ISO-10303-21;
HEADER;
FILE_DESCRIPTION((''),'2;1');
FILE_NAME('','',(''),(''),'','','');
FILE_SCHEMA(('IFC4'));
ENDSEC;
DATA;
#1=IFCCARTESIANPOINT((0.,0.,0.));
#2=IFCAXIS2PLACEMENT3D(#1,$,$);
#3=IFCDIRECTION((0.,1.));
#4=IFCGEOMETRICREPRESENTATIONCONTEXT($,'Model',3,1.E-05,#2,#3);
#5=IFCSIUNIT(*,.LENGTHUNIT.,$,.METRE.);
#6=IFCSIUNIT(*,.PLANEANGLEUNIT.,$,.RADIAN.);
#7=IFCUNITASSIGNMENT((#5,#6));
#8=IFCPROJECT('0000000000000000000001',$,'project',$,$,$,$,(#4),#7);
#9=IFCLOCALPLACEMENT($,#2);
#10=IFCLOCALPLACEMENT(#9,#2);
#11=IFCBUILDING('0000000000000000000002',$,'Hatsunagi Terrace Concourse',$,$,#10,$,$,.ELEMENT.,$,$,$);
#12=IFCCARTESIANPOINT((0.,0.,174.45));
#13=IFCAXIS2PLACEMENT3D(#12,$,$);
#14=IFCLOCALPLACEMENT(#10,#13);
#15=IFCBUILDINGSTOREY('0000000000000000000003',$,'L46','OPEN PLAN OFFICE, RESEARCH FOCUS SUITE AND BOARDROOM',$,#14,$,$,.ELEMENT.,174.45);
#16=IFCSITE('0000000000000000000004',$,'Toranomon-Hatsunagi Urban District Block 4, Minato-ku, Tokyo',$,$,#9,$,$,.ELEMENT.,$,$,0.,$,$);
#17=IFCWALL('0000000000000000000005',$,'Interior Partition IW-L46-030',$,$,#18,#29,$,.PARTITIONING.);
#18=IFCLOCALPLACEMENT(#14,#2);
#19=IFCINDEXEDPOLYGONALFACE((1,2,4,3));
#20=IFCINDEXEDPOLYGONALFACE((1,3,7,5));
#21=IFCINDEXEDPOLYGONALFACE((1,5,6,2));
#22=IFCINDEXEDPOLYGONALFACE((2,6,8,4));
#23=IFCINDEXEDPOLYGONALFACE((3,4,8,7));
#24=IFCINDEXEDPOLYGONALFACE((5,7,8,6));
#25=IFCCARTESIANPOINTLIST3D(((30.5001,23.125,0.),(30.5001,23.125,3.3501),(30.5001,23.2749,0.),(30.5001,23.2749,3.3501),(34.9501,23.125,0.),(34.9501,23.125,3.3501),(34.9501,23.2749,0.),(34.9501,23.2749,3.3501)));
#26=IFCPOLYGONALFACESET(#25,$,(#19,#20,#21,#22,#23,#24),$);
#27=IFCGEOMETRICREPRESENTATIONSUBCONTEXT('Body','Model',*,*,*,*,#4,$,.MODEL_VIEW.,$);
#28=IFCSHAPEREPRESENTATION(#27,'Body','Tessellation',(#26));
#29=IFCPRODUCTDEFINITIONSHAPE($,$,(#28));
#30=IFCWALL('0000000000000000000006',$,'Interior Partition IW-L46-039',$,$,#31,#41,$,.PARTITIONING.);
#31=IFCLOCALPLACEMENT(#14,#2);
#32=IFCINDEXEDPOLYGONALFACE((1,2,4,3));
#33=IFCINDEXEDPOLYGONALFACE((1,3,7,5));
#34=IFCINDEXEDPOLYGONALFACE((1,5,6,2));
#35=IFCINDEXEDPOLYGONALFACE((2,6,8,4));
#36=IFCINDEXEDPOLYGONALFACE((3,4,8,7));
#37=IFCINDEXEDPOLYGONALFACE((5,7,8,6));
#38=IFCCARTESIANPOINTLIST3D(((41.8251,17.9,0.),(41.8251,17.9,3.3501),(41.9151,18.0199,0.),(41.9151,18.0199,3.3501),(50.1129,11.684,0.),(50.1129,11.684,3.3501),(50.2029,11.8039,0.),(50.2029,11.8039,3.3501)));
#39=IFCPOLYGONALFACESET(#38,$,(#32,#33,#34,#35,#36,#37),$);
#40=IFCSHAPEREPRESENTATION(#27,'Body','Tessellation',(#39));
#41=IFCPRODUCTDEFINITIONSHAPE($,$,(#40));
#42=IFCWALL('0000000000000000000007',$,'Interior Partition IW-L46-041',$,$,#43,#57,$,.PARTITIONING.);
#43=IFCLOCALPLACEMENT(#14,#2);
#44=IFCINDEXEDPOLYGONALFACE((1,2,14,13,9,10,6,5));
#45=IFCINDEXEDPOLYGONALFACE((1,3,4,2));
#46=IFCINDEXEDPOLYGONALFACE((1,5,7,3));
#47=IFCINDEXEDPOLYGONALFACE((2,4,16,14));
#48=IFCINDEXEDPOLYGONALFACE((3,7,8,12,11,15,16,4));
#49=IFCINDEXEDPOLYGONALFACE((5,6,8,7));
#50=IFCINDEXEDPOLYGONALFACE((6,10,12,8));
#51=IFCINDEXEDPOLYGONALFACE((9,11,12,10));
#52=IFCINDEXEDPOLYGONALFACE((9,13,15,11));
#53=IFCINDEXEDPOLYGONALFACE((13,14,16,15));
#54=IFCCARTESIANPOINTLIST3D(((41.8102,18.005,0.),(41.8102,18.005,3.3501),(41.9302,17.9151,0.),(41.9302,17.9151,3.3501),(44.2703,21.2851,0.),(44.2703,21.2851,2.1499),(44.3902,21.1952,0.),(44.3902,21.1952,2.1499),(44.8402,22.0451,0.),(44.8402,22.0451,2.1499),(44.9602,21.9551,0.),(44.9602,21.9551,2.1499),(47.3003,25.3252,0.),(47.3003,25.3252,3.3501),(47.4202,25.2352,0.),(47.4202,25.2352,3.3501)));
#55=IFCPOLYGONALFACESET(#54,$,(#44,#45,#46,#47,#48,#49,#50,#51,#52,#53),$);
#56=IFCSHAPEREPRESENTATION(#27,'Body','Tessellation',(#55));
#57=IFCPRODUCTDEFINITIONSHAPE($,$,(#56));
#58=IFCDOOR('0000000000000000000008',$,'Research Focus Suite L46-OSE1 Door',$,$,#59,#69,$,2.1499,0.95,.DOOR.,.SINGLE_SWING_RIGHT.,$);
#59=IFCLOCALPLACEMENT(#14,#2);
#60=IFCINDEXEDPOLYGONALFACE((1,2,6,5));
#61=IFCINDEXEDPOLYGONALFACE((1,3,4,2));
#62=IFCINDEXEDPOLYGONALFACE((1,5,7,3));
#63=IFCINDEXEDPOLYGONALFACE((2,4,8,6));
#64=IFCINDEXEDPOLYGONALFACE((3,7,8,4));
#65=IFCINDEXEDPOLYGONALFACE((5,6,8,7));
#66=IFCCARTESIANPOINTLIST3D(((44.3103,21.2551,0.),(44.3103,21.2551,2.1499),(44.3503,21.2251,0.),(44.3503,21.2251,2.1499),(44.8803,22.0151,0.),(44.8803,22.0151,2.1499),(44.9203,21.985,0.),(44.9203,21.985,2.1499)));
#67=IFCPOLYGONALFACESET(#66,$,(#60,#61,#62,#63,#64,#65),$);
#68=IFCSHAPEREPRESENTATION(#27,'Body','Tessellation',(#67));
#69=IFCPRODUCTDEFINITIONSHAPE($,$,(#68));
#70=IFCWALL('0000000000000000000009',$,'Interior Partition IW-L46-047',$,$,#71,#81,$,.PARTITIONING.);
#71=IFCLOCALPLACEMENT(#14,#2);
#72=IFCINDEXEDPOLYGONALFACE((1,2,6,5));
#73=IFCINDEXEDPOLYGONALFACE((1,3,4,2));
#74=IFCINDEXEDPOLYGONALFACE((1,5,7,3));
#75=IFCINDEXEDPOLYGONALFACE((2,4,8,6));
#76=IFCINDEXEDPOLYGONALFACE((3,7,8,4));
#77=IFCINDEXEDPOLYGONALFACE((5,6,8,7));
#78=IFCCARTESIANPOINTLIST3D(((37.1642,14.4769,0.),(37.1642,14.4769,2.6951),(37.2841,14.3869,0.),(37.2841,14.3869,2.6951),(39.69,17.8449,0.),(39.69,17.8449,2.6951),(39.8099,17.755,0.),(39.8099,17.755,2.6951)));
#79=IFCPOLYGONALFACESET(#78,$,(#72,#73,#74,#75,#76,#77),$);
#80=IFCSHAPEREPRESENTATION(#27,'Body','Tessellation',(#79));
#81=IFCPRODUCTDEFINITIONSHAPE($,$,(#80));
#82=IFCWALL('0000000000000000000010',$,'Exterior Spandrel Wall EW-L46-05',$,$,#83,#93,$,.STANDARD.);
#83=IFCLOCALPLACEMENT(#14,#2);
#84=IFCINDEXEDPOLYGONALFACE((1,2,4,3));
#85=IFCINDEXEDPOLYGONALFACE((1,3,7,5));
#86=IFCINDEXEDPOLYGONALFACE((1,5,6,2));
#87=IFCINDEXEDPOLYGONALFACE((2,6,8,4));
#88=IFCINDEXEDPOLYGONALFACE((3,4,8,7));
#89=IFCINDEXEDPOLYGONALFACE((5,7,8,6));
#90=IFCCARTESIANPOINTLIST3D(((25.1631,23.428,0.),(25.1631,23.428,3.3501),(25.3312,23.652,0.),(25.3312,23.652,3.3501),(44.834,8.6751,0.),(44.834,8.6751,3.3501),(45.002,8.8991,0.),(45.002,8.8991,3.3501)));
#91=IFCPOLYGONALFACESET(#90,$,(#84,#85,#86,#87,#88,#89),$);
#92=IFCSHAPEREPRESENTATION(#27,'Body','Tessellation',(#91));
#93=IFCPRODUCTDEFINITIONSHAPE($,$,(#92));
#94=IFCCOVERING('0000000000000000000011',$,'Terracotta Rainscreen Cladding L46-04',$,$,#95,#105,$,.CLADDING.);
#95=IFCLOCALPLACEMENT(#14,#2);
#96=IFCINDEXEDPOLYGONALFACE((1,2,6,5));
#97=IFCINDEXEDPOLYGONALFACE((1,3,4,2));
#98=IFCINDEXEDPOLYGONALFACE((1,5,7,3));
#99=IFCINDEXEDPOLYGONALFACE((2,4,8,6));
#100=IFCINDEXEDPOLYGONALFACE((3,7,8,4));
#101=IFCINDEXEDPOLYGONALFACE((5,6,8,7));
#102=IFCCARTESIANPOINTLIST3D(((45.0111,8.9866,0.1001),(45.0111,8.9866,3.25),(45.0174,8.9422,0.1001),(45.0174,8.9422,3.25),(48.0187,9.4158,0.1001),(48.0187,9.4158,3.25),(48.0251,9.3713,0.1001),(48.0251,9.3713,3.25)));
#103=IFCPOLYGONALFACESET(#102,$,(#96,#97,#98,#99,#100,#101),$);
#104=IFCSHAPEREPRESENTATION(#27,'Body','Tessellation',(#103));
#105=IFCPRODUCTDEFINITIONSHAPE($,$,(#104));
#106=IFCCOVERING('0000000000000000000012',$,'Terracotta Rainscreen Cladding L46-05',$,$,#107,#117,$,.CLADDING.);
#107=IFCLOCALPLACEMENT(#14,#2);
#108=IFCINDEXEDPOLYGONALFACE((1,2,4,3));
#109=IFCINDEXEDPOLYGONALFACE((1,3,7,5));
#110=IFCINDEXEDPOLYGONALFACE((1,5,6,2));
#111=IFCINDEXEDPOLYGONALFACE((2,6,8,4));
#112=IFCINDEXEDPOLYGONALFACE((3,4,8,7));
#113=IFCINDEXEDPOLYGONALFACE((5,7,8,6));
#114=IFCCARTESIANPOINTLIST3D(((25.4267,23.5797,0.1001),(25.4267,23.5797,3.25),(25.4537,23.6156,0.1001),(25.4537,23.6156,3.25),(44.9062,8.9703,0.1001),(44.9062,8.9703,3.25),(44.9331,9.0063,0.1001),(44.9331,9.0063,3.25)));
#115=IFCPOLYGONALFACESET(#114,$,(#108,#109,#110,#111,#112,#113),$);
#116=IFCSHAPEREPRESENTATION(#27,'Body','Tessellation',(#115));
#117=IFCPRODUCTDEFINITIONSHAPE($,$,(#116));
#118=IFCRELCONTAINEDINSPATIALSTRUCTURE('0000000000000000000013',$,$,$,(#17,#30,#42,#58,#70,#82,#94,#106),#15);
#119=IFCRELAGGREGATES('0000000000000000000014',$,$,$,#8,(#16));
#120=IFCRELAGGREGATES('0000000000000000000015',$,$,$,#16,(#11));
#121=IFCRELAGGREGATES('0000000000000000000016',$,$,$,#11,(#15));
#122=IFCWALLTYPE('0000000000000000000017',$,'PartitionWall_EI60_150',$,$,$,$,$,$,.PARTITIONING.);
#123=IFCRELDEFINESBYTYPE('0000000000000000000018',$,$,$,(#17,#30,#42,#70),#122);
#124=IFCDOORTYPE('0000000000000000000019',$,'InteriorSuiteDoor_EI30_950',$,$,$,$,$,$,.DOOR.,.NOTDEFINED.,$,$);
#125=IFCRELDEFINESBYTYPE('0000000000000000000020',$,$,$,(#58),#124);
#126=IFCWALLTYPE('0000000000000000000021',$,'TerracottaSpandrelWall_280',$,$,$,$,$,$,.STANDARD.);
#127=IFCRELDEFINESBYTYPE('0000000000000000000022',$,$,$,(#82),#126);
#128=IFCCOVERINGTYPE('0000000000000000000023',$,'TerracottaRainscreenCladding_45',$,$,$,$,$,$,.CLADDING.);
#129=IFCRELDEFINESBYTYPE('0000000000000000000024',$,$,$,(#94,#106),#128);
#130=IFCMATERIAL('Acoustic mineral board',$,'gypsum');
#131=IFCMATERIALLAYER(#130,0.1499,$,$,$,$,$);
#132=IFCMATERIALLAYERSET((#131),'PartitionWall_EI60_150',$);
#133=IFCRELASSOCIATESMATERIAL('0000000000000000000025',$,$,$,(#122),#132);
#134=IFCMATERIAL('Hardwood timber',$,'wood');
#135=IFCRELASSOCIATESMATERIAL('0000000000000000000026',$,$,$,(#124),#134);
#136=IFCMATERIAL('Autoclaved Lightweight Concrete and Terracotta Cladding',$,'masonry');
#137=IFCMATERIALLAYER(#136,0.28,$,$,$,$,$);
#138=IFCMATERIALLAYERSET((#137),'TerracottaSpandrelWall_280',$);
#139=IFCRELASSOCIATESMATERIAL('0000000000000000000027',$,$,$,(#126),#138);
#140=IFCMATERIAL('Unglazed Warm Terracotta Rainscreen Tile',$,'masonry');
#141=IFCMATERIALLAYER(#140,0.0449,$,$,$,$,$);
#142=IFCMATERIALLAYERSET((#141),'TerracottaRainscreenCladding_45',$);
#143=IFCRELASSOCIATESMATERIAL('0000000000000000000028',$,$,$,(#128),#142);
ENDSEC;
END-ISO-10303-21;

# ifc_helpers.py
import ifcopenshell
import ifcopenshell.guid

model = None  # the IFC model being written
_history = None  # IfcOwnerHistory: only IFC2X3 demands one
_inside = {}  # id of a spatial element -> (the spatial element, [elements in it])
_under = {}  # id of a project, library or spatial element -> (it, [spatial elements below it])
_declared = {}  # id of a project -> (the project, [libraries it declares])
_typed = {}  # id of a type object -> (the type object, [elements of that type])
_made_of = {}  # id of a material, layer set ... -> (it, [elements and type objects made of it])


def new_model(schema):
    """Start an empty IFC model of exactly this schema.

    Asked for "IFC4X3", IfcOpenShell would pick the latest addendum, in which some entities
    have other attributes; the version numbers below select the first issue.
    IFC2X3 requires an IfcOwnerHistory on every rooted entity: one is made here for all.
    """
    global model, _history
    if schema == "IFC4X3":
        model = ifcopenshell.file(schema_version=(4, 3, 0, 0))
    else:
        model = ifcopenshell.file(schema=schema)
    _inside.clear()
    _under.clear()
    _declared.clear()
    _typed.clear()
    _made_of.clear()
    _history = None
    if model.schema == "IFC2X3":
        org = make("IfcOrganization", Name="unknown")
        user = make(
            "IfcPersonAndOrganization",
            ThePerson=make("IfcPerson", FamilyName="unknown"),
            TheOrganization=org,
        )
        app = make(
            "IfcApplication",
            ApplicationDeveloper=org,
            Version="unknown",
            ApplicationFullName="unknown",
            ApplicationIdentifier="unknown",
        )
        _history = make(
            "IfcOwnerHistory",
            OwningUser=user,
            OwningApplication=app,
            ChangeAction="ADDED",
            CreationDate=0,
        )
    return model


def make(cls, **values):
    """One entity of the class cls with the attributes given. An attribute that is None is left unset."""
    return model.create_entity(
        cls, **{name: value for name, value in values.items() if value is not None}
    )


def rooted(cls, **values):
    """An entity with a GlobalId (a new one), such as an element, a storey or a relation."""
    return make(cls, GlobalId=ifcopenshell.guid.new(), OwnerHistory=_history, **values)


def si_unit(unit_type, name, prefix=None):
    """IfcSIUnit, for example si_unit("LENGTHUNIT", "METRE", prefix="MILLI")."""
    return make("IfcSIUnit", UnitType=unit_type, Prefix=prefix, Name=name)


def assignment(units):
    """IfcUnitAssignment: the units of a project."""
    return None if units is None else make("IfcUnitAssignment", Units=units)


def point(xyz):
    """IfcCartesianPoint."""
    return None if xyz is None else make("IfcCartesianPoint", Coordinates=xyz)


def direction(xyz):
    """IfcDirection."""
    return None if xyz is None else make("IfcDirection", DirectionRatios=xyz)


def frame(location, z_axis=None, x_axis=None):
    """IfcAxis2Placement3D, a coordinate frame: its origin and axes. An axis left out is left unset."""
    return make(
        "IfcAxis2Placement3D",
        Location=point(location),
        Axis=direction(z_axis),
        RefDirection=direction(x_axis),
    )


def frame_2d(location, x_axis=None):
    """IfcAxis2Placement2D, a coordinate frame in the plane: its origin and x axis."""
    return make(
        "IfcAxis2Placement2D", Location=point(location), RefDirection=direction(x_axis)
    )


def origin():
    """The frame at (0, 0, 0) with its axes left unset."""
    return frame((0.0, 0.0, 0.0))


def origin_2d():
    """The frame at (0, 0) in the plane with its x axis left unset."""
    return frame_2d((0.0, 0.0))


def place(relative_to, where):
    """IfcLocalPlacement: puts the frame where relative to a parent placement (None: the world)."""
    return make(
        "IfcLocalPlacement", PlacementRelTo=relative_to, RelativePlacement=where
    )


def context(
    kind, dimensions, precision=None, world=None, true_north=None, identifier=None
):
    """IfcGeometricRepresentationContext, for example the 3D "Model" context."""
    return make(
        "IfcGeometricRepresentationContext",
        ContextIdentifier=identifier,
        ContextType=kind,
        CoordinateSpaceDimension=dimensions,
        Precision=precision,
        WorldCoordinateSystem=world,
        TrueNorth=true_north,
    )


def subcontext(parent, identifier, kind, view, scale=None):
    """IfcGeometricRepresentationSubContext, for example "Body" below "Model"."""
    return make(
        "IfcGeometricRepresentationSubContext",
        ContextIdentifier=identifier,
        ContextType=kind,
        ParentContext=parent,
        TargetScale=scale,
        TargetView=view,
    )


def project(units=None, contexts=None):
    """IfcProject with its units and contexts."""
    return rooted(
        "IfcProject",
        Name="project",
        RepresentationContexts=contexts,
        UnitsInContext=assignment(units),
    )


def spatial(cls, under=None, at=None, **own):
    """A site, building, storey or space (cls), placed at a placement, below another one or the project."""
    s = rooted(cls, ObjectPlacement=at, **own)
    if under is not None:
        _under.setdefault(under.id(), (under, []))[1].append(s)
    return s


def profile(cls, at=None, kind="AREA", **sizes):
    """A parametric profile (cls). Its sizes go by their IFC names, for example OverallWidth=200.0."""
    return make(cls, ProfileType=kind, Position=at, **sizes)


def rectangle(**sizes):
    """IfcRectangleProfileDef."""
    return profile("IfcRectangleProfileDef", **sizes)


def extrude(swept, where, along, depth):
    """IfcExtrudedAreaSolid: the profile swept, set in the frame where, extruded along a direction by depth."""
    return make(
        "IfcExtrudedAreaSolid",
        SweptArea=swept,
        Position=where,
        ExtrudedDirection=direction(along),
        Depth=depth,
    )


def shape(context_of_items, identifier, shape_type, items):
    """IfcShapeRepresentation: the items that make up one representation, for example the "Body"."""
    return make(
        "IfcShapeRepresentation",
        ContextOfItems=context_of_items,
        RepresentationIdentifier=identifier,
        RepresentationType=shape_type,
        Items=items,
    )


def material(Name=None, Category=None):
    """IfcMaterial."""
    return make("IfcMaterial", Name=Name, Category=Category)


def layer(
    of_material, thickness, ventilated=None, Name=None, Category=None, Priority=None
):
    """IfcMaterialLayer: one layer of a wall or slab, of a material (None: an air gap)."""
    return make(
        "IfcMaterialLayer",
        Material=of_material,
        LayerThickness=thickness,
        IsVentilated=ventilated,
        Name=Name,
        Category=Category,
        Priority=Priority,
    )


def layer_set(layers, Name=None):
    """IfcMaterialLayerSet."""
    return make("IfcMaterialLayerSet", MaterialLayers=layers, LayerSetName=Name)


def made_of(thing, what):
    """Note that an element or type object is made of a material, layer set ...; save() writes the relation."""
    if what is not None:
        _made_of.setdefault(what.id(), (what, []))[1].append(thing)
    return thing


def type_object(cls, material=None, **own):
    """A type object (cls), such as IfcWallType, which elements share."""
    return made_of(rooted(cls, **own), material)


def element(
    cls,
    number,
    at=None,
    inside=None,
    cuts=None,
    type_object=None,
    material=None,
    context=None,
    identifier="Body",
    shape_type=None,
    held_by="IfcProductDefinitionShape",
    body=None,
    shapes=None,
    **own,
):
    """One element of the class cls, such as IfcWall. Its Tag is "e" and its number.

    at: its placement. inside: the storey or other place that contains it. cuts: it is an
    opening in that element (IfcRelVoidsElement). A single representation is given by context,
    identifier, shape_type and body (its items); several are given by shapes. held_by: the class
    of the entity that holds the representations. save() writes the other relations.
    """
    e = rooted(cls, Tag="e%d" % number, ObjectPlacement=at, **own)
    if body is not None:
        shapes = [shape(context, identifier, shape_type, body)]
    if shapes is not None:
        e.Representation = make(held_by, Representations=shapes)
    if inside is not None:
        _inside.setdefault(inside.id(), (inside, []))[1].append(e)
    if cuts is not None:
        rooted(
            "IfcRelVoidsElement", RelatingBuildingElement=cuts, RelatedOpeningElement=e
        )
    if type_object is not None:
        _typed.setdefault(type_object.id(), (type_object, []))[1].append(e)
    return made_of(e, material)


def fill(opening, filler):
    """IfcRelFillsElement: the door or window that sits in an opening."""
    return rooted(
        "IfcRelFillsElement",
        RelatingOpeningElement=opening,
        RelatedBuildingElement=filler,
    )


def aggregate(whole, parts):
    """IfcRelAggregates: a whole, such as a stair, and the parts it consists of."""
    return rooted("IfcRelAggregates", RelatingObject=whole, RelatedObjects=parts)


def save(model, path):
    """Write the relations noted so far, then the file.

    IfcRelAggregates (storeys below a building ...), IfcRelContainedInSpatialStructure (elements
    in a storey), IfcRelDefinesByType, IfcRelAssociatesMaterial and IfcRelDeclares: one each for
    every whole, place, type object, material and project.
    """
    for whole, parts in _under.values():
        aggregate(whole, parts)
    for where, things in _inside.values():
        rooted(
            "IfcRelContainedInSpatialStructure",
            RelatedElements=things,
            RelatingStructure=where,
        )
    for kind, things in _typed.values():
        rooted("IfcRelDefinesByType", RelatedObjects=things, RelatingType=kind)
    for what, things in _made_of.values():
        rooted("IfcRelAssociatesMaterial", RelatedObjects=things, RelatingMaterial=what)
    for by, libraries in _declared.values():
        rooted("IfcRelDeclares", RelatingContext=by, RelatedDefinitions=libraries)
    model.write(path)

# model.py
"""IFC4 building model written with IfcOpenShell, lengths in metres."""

from ifc_helpers import new_model, si_unit, direction, frame, frame_2d, origin, origin_2d, place, context, subcontext, project, spatial, rectangle, extrude, material, layer, layer_set, type_object, element, fill, save


model = new_model("IFC4")

# Units and contexts
model_context = context("Model", 3, precision=1e-05, world=origin(), true_north=direction((0.0, 1.0)))
body_context = subcontext(model_context, "Body", "Model", "MODEL_VIEW")
ifc_project = project(units=[si_unit("LENGTHUNIT", "METRE"), si_unit("PLANEANGLEUNIT", "RADIAN")], contexts=[model_context])

# Site, building, storey
site_placement = place(None, origin())
site = spatial("IfcSite", under=ifc_project, at=site_placement, Name="Toranomon-Hatsunagi Urban District Block 4, Minato-ku, Tokyo", CompositionType="ELEMENT", RefElevation=0.0)
building_placement = place(site_placement, origin())
building = spatial("IfcBuilding", under=site, at=building_placement, Name="Hatsunagi Terrace Concourse", CompositionType="ELEMENT")
storey_placement = place(building_placement, frame((0.0, 0.0, 174.45)))
storey = spatial("IfcBuildingStorey", under=building, at=storey_placement, Name="L46", Description="OPEN PLAN OFFICE, RESEARCH FOCUS SUITE AND BOARDROOM", CompositionType="ELEMENT", Elevation=174.45)

# Walls
ifc_material_1 = material(Name="Acoustic mineral board", Category="gypsum")
ifc_layer_1 = layer(ifc_material_1, 0.1499)
ifc_layer_set_1 = layer_set([ifc_layer_1], Name="PartitionWall_EI60_150")
wall_type_1 = type_object("IfcWallType", Name="PartitionWall_EI60_150", PredefinedType="PARTITIONING", material=ifc_layer_set_1)
wall_1_placement = place(storey_placement, frame((30.5, 23.2, 0.0), z_axis=(0.0, 0.0, 1.0), x_axis=(1.0, 0.0, 0.0)))
element("IfcWall", 1, at=wall_1_placement, inside=storey, type_object=wall_type_1, Name="Interior Partition IW-L46-030", PredefinedType="PARTITIONING", context=body_context, shape_type="SweptSolid", body=[
    extrude(rectangle(XDim=4.45, YDim=0.1499, at=frame_2d((2.2251, 0.0))), origin(), (0.0, 0.0, 1.0), 3.3501),
])
wall_2_placement = place(storey_placement, frame((41.8701, 17.96, 0.0), z_axis=(0.0, 0.0, 1.0), x_axis=(0.799992, -0.600011, 0.0)))
element("IfcWall", 2, at=wall_2_placement, inside=storey, type_object=wall_type_1, Name="Interior Partition IW-L46-039", PredefinedType="PARTITIONING", context=body_context, shape_type="SweptSolid", body=[
    extrude(rectangle(XDim=10.3599, YDim=0.1499, at=frame_2d((5.1799, 0.0))), origin(), (0.0, 0.0, 1.0), 3.3501),
])

# Wall, opening, door
wall_3_placement = place(storey_placement, frame((41.8701, 17.96, 0.0), z_axis=(0.0, 0.0, 1.0), x_axis=(0.599996, 0.800003, 0.0)))
wall_3 = element("IfcWall", 3, at=wall_3_placement, inside=storey, type_object=wall_type_1, Name="Interior Partition IW-L46-041", PredefinedType="PARTITIONING", context=body_context, shape_type="SweptSolid", body=[
    extrude(rectangle(XDim=9.1501, YDim=0.1499, at=frame_2d((4.5752, 0.0))), origin(), (0.0, 0.0, 1.0), 3.3501),
])
opening_placement = place(wall_3_placement, frame((4.1001, 0.0, 0.0)))
opening = element("IfcOpeningElement", 4, at=opening_placement, cuts=wall_3, PredefinedType="OPENING", context=body_context, shape_type="SweptSolid", body=[
    extrude(rectangle(XDim=0.95, YDim=2.1499, at=frame_2d((0.4751, 1.075))), frame((0.0, 0.085, 0.0), z_axis=(0.0, -1.0, 0.0), x_axis=(1.0, 0.0, 0.0)), (0.0, 0.0, 1.0), 0.1699),
])
ifc_material_2 = material(Name="Hardwood timber", Category="wood")
door_type = type_object("IfcDoorType", Name="InteriorSuiteDoor_EI30_950", OperationType="NOTDEFINED", PredefinedType="DOOR", material=ifc_material_2)
door_placement = place(opening_placement, origin())
door = element("IfcDoor", 5, at=door_placement, inside=storey, type_object=door_type, Name="Research Focus Suite L46-OSE1 Door", OperationType="SINGLE_SWING_RIGHT", OverallHeight=2.1499, OverallWidth=0.95, PredefinedType="DOOR", context=body_context, shape_type="SweptSolid", body=[
    extrude(rectangle(XDim=0.95, YDim=2.1499, at=frame_2d((0.4751, 1.075))), frame((0.0, 0.0249, 0.0), z_axis=(0.0, -1.0, 0.0), x_axis=(1.0, 0.0, 0.0)), (0.0, 0.0, 1.0), 0.05),
])
fill(opening, door)

# Walls
wall_4_placement = place(storey_placement, frame((37.2241, 14.4319, 0.0), z_axis=(0.0, 0.0, 1.0), x_axis=(0.599963, 0.800028, 0.0)))
element("IfcWall", 6, at=wall_4_placement, inside=storey, type_object=wall_type_1, Name="Interior Partition IW-L46-047", PredefinedType="PARTITIONING", context=body_context, shape_type="SweptSolid", body=[
    extrude(rectangle(XDim=4.21, YDim=0.1499, at=frame_2d((2.105, 0.0))), origin(), (0.0, 0.0, 1.0), 2.6951),
])
ifc_material_3 = material(Name="Autoclaved Lightweight Concrete and Terracotta Cladding", Category="masonry")
ifc_layer_2 = layer(ifc_material_3, 0.28)
ifc_layer_set_2 = layer_set([ifc_layer_2], Name="TerracottaSpandrelWall_280")
wall_type_2 = type_object("IfcWallType", Name="TerracottaSpandrelWall_280", PredefinedType="STANDARD", material=ifc_layer_set_2)
wall_5_placement = place(storey_placement, frame((44.918, 8.7871, 0.0), z_axis=(0.0, 0.0, 1.0), x_axis=(-0.800005, 0.599994, 0.0)))
element("IfcWall", 7, at=wall_5_placement, inside=storey, type_object=wall_type_2, Name="Exterior Spandrel Wall EW-L46-05", PredefinedType="STANDARD", context=body_context, shape_type="SweptSolid", body=[
    extrude(rectangle(XDim=24.5884, YDim=0.28, at=frame_2d((12.2942, 0.0))), origin(), (0.0, 0.0, 1.0), 3.3501),
])

# Coverings
ifc_material_4 = material(Name="Unglazed Warm Terracotta Rainscreen Tile", Category="masonry")
ifc_layer_3 = layer(ifc_material_4, 0.0449)
ifc_layer_set_3 = layer_set([ifc_layer_3], Name="TerracottaRainscreenCladding_45")
covering_type = type_object("IfcCoveringType", Name="TerracottaRainscreenCladding_45", PredefinedType="CLADDING", material=ifc_layer_set_3)
covering_1_placement = place(storey_placement, frame((46.5181, 9.179, 0.1001), z_axis=(0.0, 0.0, 1.0), x_axis=(-0.989974, -0.14125, 0.0)))
element("IfcCovering", 8, at=covering_1_placement, inside=storey, type_object=covering_type, Name="Terracotta Rainscreen Cladding L46-04", PredefinedType="CLADDING", context=body_context, shape_type="SweptSolid", body=[
    extrude(rectangle(XDim=3.0381, YDim=0.0449, at=origin_2d()), origin(), (0.0, 0.0, 1.0), 3.1499),
])
covering_2_placement = place(storey_placement, frame((35.1799, 16.293, 0.1001), z_axis=(0.0, 0.0, 1.0), x_axis=(-0.800005, 0.599993, 0.0)))
element("IfcCovering", 9, at=covering_2_placement, inside=storey, type_object=covering_type, Name="Terracotta Rainscreen Cladding L46-05", PredefinedType="CLADDING", context=body_context, shape_type="SweptSolid", body=[
    extrude(rectangle(XDim=24.3491, YDim=0.0449, at=origin_2d()), origin(), (0.0, 0.0, 1.0), 3.1499),
])

save(model, "model.ifc")
